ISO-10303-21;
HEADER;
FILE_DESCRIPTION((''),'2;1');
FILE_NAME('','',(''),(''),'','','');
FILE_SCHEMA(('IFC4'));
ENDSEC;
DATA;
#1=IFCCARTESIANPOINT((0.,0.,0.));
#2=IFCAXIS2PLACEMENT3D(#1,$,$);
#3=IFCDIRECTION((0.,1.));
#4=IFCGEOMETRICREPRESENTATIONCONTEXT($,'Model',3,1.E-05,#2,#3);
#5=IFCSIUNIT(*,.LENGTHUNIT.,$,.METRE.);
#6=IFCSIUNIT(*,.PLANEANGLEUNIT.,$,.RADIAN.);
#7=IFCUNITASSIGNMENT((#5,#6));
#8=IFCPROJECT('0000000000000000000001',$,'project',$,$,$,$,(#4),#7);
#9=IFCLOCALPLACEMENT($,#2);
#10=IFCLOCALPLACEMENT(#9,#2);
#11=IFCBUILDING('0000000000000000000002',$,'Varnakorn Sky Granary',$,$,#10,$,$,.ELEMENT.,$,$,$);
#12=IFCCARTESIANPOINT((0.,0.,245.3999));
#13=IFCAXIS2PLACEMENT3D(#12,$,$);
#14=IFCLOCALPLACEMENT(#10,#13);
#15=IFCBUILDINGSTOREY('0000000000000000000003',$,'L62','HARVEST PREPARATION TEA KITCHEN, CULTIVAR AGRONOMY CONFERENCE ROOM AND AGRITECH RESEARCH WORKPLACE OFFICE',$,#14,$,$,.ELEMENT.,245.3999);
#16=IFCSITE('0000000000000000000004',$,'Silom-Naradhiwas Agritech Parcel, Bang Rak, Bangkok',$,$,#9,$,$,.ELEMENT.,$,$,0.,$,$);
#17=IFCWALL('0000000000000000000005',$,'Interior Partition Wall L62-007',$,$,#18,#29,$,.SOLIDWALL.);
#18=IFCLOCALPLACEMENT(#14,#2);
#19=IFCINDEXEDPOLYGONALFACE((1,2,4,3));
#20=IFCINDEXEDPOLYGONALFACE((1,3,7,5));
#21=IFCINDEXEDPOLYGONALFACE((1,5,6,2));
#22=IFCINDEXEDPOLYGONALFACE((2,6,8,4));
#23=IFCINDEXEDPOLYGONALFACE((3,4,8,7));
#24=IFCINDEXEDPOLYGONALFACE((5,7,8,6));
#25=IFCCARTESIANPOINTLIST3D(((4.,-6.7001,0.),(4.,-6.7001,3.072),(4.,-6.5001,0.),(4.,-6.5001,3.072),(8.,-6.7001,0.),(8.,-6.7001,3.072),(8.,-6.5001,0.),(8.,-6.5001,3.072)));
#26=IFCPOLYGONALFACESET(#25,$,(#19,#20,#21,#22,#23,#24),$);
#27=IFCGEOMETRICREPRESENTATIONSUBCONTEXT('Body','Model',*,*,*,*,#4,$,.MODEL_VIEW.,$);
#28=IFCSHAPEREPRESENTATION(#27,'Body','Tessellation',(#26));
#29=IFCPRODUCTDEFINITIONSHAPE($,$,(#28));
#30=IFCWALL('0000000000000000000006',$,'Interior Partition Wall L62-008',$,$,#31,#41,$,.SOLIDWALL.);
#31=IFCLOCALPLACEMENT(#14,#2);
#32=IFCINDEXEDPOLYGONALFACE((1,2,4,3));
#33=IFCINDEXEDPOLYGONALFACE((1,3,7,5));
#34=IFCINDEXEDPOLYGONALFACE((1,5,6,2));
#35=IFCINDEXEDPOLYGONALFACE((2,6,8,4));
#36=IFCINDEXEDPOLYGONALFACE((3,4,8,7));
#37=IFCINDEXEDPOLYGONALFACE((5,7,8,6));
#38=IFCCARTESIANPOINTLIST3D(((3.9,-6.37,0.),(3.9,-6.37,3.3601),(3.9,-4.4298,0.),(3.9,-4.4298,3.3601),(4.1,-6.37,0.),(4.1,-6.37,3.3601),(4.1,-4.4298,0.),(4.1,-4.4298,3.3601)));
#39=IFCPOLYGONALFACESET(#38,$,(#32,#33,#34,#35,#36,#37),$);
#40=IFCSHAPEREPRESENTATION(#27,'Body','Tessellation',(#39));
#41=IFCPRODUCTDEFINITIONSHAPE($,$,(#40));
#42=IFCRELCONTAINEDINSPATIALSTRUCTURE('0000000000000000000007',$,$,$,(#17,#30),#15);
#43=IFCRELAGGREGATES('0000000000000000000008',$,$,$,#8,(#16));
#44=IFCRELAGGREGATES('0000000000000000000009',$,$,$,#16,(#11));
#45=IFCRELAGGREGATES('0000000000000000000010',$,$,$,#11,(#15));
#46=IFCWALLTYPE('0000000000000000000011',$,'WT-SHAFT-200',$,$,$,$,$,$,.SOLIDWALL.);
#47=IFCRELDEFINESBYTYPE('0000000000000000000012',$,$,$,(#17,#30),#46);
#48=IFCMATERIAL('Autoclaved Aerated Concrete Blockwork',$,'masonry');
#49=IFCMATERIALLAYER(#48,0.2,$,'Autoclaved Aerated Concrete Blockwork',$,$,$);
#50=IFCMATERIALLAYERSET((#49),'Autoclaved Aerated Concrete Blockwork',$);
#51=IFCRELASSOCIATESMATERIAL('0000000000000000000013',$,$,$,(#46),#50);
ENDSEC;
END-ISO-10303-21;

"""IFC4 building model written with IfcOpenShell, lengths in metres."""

from ifc_helpers import new_model, si_unit, direction, frame, frame_2d, origin, place, context, subcontext, project, spatial, rectangle, extrude, material, layer, layer_set, type_object, element, save


model = new_model("IFC4")

# Units and contexts
model_context = context("Model", 3, precision=1e-05, world=origin(), true_north=direction((0.0, 1.0)))
body_context = subcontext(model_context, "Body", "Model", "MODEL_VIEW")
ifc_project = project(units=[si_unit("LENGTHUNIT", "METRE"), si_unit("PLANEANGLEUNIT", "RADIAN")], contexts=[model_context])

# Site, building, storey
site_placement = place(None, origin())
site = spatial("IfcSite", under=ifc_project, at=site_placement, Name="Silom-Naradhiwas Agritech Parcel, Bang Rak, Bangkok", CompositionType="ELEMENT", RefElevation=0.0)
building_placement = place(site_placement, origin())
building = spatial("IfcBuilding", under=site, at=building_placement, Name="Varnakorn Sky Granary", CompositionType="ELEMENT")
storey_placement = place(building_placement, frame((0.0, 0.0, 245.3999)))
storey = spatial("IfcBuildingStorey", under=building, at=storey_placement, Name="L62", Description="HARVEST PREPARATION TEA KITCHEN, CULTIVAR AGRONOMY CONFERENCE ROOM AND AGRITECH RESEARCH WORKPLACE OFFICE", CompositionType="ELEMENT", Elevation=245.3999)

# Shared definitions
ifc_material_1 = material(Name="Autoclaved Aerated Concrete Blockwork", Category="masonry")

# Shared definitions
ifc_layer_1 = layer(ifc_material_1, 0.2, Name="Autoclaved Aerated Concrete Blockwork")
ifc_layer_set_1 = layer_set([ifc_layer_1], Name="Autoclaved Aerated Concrete Blockwork")
wall_type_1 = type_object("IfcWallType", Name="WT-SHAFT-200", PredefinedType="SOLIDWALL", material=ifc_layer_set_1)

# Walls
wall_1_placement = place(storey_placement, frame((4.0, -6.6001, 0.0), z_axis=(0.0, 0.0, 1.0), x_axis=(1.0, 0.0, 0.0)))
element("IfcWall", 1, at=wall_1_placement, inside=storey, type_object=wall_type_1, Name="Interior Partition Wall L62-007", PredefinedType="SOLIDWALL", context=body_context, shape_type="SweptSolid", body=[
    extrude(rectangle(XDim=4.0, YDim=0.2, at=frame_2d((2.0, 0.0))), origin(), (0.0, 0.0, 1.0), 3.072),
])
wall_2_placement = place(storey_placement, frame((4.0, -6.3701, 0.0), z_axis=(0.0, 0.0, 1.0), x_axis=(0.0, 1.0, 0.0)))
element("IfcWall", 2, at=wall_2_placement, inside=storey, type_object=wall_type_1, Name="Interior Partition Wall L62-008", PredefinedType="SOLIDWALL", context=body_context, shape_type="SweptSolid", body=[
    extrude(rectangle(XDim=1.9402, YDim=0.2, at=frame_2d((0.9702, 0.0))), origin(), (0.0, 0.0, 1.0), 3.3601),
])

save(model, "model.ifc")
